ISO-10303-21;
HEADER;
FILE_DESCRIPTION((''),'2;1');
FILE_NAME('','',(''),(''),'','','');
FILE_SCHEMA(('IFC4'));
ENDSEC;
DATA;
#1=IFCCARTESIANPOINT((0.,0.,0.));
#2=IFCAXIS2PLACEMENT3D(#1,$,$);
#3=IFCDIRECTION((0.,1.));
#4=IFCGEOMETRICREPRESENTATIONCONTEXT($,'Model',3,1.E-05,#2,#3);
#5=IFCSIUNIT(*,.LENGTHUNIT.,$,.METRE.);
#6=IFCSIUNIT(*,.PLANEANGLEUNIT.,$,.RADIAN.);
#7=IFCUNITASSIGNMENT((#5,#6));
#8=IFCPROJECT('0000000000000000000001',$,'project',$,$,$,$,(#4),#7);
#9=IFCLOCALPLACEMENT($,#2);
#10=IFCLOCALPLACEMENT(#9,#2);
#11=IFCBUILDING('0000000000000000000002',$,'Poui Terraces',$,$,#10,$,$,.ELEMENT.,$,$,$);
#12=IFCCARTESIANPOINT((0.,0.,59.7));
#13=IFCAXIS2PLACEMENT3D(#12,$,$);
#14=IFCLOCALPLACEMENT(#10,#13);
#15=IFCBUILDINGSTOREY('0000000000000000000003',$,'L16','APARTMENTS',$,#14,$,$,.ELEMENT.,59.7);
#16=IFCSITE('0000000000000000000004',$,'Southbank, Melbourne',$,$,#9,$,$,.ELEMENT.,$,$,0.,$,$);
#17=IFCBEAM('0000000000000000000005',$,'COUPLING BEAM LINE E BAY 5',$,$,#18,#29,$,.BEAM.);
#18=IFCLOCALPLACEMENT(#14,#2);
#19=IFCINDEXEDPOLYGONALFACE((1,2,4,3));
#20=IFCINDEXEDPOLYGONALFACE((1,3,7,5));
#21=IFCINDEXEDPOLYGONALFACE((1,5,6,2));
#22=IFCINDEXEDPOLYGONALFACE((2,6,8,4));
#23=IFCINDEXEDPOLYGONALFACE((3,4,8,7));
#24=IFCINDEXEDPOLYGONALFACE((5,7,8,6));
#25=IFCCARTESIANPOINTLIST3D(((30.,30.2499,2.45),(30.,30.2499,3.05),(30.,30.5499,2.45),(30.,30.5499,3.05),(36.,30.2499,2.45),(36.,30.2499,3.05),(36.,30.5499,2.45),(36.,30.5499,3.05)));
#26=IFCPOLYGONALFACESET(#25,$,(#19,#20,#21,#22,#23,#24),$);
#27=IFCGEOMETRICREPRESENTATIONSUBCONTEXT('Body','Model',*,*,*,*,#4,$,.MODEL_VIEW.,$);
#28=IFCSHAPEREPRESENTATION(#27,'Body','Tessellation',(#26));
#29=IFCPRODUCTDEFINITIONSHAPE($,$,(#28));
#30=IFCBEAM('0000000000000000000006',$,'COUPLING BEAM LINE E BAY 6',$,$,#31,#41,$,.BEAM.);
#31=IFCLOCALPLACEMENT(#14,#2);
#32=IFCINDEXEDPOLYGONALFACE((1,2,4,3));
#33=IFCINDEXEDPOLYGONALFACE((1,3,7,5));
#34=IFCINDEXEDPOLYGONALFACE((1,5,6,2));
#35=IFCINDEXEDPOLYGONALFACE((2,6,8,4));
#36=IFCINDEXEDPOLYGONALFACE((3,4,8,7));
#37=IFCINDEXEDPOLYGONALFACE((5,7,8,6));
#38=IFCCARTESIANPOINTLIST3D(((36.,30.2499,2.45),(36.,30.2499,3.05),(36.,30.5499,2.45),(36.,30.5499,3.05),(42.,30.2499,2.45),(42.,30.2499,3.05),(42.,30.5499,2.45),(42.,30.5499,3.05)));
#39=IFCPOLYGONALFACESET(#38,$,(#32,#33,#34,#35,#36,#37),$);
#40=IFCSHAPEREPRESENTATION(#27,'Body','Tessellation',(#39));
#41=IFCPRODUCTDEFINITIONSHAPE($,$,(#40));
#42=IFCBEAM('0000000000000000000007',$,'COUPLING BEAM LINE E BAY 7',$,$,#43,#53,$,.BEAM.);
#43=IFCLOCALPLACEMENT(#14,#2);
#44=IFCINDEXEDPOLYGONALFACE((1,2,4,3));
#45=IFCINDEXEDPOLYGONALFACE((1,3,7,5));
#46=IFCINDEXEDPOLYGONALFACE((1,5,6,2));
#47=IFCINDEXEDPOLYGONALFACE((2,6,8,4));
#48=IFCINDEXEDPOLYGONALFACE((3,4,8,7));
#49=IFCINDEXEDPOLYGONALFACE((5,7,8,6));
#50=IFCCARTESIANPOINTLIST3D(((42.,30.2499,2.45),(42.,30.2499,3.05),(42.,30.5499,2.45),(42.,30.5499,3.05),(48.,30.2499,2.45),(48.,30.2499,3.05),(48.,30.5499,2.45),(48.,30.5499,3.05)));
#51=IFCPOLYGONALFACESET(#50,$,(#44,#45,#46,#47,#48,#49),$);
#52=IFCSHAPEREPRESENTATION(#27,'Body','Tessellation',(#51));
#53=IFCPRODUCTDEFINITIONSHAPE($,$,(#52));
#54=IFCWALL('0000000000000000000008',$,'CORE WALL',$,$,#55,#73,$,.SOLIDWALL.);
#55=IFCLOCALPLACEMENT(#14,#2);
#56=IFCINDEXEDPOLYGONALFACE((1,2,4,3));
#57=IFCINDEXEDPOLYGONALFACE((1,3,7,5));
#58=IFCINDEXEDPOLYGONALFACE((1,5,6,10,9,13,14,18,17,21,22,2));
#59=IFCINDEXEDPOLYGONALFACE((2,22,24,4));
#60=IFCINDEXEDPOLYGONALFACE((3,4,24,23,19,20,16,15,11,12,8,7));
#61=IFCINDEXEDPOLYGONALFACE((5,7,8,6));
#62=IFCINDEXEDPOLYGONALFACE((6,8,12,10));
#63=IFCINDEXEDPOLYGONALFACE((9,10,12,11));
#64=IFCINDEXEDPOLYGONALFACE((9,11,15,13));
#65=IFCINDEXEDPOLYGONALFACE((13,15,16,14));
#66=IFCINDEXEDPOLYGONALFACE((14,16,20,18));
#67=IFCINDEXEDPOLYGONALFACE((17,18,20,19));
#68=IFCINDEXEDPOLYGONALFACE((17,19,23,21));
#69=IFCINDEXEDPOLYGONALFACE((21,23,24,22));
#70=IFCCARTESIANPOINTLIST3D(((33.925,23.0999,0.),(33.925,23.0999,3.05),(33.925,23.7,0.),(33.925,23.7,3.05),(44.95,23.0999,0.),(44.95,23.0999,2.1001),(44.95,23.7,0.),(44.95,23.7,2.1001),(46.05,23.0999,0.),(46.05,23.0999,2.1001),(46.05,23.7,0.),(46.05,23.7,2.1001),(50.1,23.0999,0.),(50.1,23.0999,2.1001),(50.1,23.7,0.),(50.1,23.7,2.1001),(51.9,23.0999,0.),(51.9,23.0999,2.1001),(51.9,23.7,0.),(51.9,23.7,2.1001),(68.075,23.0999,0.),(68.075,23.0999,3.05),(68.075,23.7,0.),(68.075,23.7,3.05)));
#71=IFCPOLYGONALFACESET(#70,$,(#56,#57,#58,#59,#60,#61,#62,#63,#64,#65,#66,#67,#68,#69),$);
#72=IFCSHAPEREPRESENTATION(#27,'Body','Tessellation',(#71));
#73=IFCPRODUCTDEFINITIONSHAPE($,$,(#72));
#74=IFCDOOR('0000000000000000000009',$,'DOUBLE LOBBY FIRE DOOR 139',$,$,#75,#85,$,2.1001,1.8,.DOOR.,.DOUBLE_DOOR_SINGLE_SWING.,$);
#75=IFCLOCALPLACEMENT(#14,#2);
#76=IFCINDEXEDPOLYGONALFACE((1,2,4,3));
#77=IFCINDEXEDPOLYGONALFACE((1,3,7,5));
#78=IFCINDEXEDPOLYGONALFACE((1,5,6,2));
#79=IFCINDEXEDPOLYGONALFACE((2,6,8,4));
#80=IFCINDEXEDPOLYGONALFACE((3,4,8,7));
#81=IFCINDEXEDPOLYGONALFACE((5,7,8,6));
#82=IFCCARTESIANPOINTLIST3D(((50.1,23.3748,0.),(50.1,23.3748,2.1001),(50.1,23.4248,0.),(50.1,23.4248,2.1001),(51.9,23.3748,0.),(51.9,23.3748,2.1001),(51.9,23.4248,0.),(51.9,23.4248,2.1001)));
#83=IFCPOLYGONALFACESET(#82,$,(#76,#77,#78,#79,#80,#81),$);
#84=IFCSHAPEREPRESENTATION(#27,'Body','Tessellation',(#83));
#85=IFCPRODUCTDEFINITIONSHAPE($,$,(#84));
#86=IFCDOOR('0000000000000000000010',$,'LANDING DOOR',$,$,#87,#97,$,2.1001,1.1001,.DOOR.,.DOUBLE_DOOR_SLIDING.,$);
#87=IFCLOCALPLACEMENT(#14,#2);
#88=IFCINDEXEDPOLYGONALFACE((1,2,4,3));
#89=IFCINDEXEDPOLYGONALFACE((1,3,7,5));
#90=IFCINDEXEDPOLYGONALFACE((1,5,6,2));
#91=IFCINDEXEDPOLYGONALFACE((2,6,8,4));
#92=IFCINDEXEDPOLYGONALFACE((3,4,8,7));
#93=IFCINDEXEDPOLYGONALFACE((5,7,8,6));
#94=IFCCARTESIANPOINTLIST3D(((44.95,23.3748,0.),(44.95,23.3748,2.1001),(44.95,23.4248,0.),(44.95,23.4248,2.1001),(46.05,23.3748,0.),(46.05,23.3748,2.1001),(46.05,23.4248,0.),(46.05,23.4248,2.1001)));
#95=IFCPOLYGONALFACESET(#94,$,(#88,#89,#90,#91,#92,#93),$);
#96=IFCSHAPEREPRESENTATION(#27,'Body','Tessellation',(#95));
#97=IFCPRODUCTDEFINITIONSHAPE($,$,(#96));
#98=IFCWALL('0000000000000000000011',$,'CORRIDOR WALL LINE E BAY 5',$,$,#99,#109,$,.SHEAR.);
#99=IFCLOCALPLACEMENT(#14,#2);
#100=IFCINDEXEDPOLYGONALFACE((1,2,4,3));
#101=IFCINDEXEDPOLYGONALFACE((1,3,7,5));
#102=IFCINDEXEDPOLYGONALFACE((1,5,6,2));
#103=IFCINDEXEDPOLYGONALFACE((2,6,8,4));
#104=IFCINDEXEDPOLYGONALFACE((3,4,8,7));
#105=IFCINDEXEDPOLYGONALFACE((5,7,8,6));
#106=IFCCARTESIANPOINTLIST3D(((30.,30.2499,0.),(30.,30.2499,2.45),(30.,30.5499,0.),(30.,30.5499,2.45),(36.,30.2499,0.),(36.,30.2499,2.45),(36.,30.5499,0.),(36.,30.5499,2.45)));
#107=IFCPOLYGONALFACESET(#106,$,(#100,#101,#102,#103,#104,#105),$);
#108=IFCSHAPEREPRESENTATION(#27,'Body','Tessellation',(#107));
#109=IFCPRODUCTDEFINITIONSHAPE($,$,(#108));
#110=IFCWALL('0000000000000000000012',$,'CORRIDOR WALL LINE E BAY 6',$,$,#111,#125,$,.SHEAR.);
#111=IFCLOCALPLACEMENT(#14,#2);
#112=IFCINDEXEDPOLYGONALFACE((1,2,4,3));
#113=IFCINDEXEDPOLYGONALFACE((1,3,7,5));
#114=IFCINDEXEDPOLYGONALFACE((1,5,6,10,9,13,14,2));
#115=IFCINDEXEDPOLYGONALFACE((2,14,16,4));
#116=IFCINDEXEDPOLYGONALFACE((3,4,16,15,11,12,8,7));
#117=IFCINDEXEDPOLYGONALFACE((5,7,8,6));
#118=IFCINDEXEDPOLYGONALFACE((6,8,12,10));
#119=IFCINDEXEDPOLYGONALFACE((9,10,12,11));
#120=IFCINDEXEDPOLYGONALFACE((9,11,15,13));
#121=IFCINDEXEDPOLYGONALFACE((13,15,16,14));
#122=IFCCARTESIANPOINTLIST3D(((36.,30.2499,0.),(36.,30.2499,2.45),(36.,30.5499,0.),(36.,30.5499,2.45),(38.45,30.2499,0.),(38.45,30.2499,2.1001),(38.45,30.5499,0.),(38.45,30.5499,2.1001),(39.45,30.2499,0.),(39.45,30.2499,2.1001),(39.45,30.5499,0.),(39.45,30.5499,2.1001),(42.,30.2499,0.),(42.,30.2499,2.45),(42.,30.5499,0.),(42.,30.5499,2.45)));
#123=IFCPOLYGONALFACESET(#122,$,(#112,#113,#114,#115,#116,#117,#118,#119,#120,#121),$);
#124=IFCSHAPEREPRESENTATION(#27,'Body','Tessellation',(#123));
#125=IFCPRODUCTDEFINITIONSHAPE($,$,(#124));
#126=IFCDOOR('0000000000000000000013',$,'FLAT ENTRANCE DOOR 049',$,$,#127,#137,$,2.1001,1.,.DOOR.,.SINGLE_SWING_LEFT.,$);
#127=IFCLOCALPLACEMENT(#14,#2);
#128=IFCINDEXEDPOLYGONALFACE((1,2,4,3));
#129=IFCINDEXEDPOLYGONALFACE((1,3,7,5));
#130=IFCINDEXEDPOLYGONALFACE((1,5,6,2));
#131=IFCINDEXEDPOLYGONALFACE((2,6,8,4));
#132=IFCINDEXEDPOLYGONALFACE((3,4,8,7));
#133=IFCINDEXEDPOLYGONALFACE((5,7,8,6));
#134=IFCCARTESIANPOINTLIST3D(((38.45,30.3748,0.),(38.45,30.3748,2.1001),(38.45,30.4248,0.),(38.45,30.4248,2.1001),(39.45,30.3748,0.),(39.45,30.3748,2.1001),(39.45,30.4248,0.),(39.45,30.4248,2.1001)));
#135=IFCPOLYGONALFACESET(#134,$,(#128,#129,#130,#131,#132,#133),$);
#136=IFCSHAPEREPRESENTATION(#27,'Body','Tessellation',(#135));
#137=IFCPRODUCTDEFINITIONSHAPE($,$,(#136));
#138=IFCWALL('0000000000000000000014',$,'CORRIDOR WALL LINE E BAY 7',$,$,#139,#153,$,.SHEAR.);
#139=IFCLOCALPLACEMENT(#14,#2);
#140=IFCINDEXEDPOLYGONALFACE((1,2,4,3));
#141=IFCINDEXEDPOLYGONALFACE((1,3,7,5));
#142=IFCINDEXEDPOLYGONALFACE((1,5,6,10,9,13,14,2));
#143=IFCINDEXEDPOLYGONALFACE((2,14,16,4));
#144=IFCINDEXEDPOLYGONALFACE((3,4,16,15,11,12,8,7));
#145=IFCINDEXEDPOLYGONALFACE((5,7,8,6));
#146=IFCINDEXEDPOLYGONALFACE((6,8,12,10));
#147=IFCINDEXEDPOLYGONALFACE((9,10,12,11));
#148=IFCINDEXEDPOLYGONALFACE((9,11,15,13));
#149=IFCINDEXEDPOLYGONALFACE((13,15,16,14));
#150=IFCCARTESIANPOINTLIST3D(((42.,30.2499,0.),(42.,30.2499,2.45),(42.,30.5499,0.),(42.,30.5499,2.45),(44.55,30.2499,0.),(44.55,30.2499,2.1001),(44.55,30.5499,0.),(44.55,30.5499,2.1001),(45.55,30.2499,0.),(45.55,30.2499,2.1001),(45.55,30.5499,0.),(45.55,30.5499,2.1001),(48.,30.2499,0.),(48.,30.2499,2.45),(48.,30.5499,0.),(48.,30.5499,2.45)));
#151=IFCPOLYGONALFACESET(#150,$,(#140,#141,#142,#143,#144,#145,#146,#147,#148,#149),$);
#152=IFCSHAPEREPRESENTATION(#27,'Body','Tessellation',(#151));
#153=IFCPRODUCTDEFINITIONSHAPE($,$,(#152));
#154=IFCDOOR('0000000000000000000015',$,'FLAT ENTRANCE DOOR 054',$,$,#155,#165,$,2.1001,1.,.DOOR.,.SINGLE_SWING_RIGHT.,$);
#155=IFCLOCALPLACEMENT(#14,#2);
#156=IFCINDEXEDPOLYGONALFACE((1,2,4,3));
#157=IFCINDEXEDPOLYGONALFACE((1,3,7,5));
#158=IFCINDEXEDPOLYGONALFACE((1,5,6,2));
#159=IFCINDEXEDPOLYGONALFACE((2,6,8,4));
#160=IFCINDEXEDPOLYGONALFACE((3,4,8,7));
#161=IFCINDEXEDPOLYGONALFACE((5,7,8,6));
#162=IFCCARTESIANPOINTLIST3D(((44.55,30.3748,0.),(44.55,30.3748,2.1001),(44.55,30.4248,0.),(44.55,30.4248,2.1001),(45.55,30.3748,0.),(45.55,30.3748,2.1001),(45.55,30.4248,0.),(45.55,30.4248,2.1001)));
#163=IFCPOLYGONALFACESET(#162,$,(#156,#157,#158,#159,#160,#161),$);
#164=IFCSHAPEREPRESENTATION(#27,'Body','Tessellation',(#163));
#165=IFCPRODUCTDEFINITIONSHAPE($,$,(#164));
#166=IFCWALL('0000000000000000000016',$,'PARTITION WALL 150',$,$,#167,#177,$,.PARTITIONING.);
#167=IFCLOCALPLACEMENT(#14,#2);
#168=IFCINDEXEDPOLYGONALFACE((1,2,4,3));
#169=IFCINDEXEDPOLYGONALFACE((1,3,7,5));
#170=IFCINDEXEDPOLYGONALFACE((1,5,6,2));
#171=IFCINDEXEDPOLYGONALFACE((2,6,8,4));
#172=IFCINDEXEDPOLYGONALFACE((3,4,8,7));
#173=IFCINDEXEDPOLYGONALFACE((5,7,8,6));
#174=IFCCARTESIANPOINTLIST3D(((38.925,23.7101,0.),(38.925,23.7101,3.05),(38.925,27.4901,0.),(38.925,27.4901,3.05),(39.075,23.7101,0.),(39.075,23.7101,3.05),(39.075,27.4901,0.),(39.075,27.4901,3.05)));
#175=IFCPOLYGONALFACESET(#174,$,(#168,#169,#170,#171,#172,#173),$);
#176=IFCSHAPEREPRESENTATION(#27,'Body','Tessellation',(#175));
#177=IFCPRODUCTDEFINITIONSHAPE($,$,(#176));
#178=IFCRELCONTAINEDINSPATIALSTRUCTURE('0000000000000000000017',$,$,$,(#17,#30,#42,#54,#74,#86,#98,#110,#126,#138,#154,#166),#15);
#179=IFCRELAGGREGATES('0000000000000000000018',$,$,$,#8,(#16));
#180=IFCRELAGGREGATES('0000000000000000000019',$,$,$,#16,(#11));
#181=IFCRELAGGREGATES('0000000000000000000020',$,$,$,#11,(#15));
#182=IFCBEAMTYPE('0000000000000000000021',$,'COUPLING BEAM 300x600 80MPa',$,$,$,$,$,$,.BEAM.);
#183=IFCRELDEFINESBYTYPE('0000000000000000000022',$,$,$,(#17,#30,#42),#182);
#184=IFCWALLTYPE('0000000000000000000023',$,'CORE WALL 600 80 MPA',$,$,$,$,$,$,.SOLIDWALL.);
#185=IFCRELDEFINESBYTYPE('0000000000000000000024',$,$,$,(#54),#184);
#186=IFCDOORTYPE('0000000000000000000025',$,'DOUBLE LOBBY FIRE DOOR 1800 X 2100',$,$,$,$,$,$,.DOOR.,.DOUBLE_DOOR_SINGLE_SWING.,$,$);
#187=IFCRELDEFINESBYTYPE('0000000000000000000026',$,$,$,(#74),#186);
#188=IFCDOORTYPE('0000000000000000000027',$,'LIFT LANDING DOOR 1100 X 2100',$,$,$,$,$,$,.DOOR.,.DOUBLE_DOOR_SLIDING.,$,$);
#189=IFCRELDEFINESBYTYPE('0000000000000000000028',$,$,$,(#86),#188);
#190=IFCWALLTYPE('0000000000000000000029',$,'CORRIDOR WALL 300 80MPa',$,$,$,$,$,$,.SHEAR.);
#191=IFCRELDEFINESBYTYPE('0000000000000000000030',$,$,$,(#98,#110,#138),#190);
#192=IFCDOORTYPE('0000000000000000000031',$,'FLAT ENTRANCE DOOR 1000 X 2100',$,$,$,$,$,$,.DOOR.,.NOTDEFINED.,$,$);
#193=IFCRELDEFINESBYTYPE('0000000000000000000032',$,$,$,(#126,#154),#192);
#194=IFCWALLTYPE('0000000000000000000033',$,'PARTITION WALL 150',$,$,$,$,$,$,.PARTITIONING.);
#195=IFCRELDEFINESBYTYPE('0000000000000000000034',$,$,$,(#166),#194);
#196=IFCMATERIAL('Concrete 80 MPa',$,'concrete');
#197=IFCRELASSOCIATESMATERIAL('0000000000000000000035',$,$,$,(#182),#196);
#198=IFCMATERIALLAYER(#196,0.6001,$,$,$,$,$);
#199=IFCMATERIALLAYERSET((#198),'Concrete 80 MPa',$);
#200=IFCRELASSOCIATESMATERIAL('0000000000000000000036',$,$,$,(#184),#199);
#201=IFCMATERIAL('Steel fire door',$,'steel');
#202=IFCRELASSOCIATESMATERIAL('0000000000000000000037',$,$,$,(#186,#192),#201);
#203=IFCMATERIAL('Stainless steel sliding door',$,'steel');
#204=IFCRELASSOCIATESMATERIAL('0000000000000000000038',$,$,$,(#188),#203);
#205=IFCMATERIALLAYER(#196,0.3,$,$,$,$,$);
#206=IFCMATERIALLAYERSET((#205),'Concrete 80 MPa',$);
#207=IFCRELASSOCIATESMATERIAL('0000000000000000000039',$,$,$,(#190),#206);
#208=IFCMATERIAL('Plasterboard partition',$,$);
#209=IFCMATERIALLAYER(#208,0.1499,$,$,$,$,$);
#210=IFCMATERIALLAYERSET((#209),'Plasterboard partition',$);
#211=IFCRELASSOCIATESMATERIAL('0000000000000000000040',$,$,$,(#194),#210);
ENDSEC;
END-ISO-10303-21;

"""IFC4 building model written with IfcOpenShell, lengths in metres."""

from ifc_helpers import new_model, si_unit, direction, frame, frame_2d, origin, origin_2d, place, context, subcontext, project, spatial, rectangle, extrude, source, transform, mapped, material, layer, layer_set, material_profile, profile_set, type_object, element, fill, save


model = new_model("IFC4")

# Units and contexts
model_context = context("Model", 3, precision=1e-05, world=origin(), true_north=direction((0.0, 1.0)))
body_context = subcontext(model_context, "Body", "Model", "MODEL_VIEW")
ifc_project = project(units=[si_unit("LENGTHUNIT", "METRE"), si_unit("PLANEANGLEUNIT", "RADIAN")], contexts=[model_context])

# Site, building, storey
site_placement = place(None, origin())
site = spatial("IfcSite", under=ifc_project, at=site_placement, Name="Southbank, Melbourne", CompositionType="ELEMENT", RefElevation=0.0)
building_placement = place(site_placement, origin())
building = spatial("IfcBuilding", under=site, at=building_placement, Name="Poui Terraces", CompositionType="ELEMENT")
storey_placement = place(building_placement, frame((0.0, 0.0, 59.7)))
storey = spatial("IfcBuildingStorey", under=building, at=storey_placement, Name="L16", Description="APARTMENTS", CompositionType="ELEMENT", Elevation=59.7)

# Beams
ifc_material_1 = material(Name="Concrete 80 MPa", Category="concrete")
ifc_material_profile = material_profile(ifc_material_1, rectangle(XDim=0.3, YDim=0.6001, at=origin_2d()), Name="RC 300x600")
ifc_profile_set = profile_set([ifc_material_profile], Name="Concrete 80 MPa")
beam_type = type_object("IfcBeamType", Name="COUPLING BEAM 300x600 80MPa", PredefinedType="BEAM", material=ifc_profile_set)
shared_shape = source(origin(), body_context, "Body", "SweptSolid", [
    extrude(rectangle(XDim=0.3, YDim=0.6001, at=origin_2d()), origin(), (0.0, 0.0, 1.0), 6.0),
])
for number, where, z_axis, x_axis, name in (
    (1, (30.0, 30.3999, 2.75), (1.0, 0.0, 0.0), (0.0, 1.0, 0.0), "COUPLING BEAM LINE E BAY 5"),
    (2, (36.0, 30.3999, 2.75), (1.0, 0.0, 0.0), (0.0, 1.0, 0.0), "COUPLING BEAM LINE E BAY 6"),
    (3, (42.0, 30.3999, 2.75), (1.0, 0.0, 0.0), (0.0, 1.0, 0.0), "COUPLING BEAM LINE E BAY 7"),
):
    element("IfcBeam", number, at=place(storey_placement, frame(where, z_axis=z_axis, x_axis=x_axis)), inside=storey, type_object=beam_type, Name=name, PredefinedType="BEAM", context=body_context, shape_type="MappedRepresentation", body=[
        mapped(shared_shape, transform((0.0, 0.0, 0.0))),
    ])

# Wall, openings, doors
ifc_layer_1 = layer(ifc_material_1, 0.6001)
ifc_layer_set_1 = layer_set([ifc_layer_1], Name="Concrete 80 MPa")
wall_type_1 = type_object("IfcWallType", Name="CORE WALL 600 80 MPA", PredefinedType="SOLIDWALL", material=ifc_layer_set_1)
wall_1_placement = place(storey_placement, frame((33.925, 23.3999, 0.0), z_axis=(0.0, 0.0, 1.0), x_axis=(1.0, 0.0, 0.0)))
wall_1 = element("IfcWall", 4, at=wall_1_placement, inside=storey, type_object=wall_type_1, Name="CORE WALL", PredefinedType="SOLIDWALL", context=body_context, shape_type="SweptSolid", body=[
    extrude(rectangle(XDim=34.1499, YDim=0.6001, at=frame_2d((17.075, 0.0))), origin(), (0.0, 0.0, 1.0), 3.05),
])
opening_1_placement = place(wall_1_placement, frame((16.175, 0.0, 0.0)))
opening_1 = element("IfcOpeningElement", 5, at=opening_1_placement, cuts=wall_1, PredefinedType="OPENING", context=body_context, shape_type="SweptSolid", body=[
    extrude(rectangle(XDim=1.8, YDim=2.1001, at=frame_2d((0.8999, 1.05))), frame((0.0, 0.3101, 0.0), z_axis=(0.0, -1.0, 0.0), x_axis=(1.0, 0.0, 0.0)), (0.0, 0.0, 1.0), 0.6201),
])
opening_2_placement = place(wall_1_placement, frame((11.0249, 0.0, 0.0)))
opening_2 = element("IfcOpeningElement", 6, at=opening_2_placement, cuts=wall_1, PredefinedType="OPENING", context=body_context, shape_type="SweptSolid", body=[
    extrude(rectangle(XDim=1.1001, YDim=2.1001, at=frame_2d((0.55, 1.05))), frame((0.0, 0.3101, 0.0), z_axis=(0.0, -1.0, 0.0), x_axis=(1.0, 0.0, 0.0)), (0.0, 0.0, 1.0), 0.6201),
])
ifc_material_2 = material(Name="Steel fire door", Category="steel")
door_type_1 = type_object("IfcDoorType", Name="DOUBLE LOBBY FIRE DOOR 1800 X 2100", OperationType="DOUBLE_DOOR_SINGLE_SWING", PredefinedType="DOOR", material=ifc_material_2)
door_1_placement = place(opening_1_placement, origin())
door_1 = element("IfcDoor", 7, at=door_1_placement, inside=storey, type_object=door_type_1, Name="DOUBLE LOBBY FIRE DOOR 139", OperationType="DOUBLE_DOOR_SINGLE_SWING", OverallHeight=2.1001, OverallWidth=1.8, PredefinedType="DOOR", context=body_context, shape_type="SweptSolid", body=[
    extrude(rectangle(XDim=1.8, YDim=2.1001, at=frame_2d((0.8999, 1.05))), frame((0.0, 0.0249, 0.0), z_axis=(0.0, -1.0, 0.0), x_axis=(1.0, 0.0, 0.0)), (0.0, 0.0, 1.0), 0.05),
])
fill(opening_1, door_1)
ifc_material_3 = material(Name="Stainless steel sliding door", Category="steel")
door_type_2 = type_object("IfcDoorType", Name="LIFT LANDING DOOR 1100 X 2100", OperationType="DOUBLE_DOOR_SLIDING", PredefinedType="DOOR", material=ifc_material_3)
door_2_placement = place(opening_2_placement, origin())
door_2 = element("IfcDoor", 8, at=door_2_placement, inside=storey, type_object=door_type_2, Name="LANDING DOOR", OperationType="DOUBLE_DOOR_SLIDING", OverallHeight=2.1001, OverallWidth=1.1001, PredefinedType="DOOR", context=body_context, shape_type="SweptSolid", body=[
    extrude(rectangle(XDim=1.1001, YDim=2.1001, at=frame_2d((0.55, 1.05))), frame((0.0, 0.0249, 0.0), z_axis=(0.0, -1.0, 0.0), x_axis=(1.0, 0.0, 0.0)), (0.0, 0.0, 1.0), 0.05),
])
fill(opening_2, door_2)

# Wall
ifc_layer_2 = layer(ifc_material_1, 0.3)
ifc_layer_set_2 = layer_set([ifc_layer_2], Name="Concrete 80 MPa")
wall_type_2 = type_object("IfcWallType", Name="CORRIDOR WALL 300 80MPa", PredefinedType="SHEAR", material=ifc_layer_set_2)
wall_2_placement = place(storey_placement, frame((30.0, 30.3999, 0.0), z_axis=(0.0, 0.0, 1.0), x_axis=(1.0, 0.0, 0.0)))
element("IfcWall", 9, at=wall_2_placement, inside=storey, type_object=wall_type_2, Name="CORRIDOR WALL LINE E BAY 5", PredefinedType="SHEAR", context=body_context, shape_type="SweptSolid", body=[
    extrude(rectangle(XDim=6.0, YDim=0.3, at=frame_2d((3.0, 0.0))), origin(), (0.0, 0.0, 1.0), 2.45),
])

# Walls, openings, doors
wall_3_placement = place(storey_placement, frame((36.0, 30.3999, 0.0), z_axis=(0.0, 0.0, 1.0), x_axis=(1.0, 0.0, 0.0)))
wall_3 = element("IfcWall", 10, at=wall_3_placement, inside=storey, type_object=wall_type_2, Name="CORRIDOR WALL LINE E BAY 6", PredefinedType="SHEAR", context=body_context, shape_type="SweptSolid", body=[
    extrude(rectangle(XDim=6.0, YDim=0.3, at=frame_2d((3.0, 0.0))), origin(), (0.0, 0.0, 1.0), 2.45),
])
opening_3_placement = place(wall_3_placement, frame((2.45, 0.0, 0.0)))
opening_3 = element("IfcOpeningElement", 11, at=opening_3_placement, cuts=wall_3, PredefinedType="OPENING", context=body_context, shape_type="SweptSolid", body=[
    extrude(rectangle(XDim=1.0, YDim=2.1001, at=frame_2d((0.5, 1.05))), frame((0.0, 0.1602, 0.0), z_axis=(0.0, -1.0, 0.0), x_axis=(1.0, 0.0, 0.0)), (0.0, 0.0, 1.0), 0.3201),
])
door_type_3 = type_object("IfcDoorType", Name="FLAT ENTRANCE DOOR 1000 X 2100", OperationType="NOTDEFINED", PredefinedType="DOOR", material=ifc_material_2)
door_3_placement = place(opening_3_placement, origin())
door_3 = element("IfcDoor", 12, at=door_3_placement, inside=storey, type_object=door_type_3, Name="FLAT ENTRANCE DOOR 049", OperationType="SINGLE_SWING_LEFT", OverallHeight=2.1001, OverallWidth=1.0, PredefinedType="DOOR", context=body_context, shape_type="SweptSolid", body=[
    extrude(rectangle(XDim=1.0, YDim=2.1001, at=frame_2d((0.5, 1.05))), frame((0.0, 0.0249, 0.0), z_axis=(0.0, -1.0, 0.0), x_axis=(1.0, 0.0, 0.0)), (0.0, 0.0, 1.0), 0.05),
])
fill(opening_3, door_3)
wall_4_placement = place(storey_placement, frame((42.0, 30.3999, 0.0), z_axis=(0.0, 0.0, 1.0), x_axis=(1.0, 0.0, 0.0)))
wall_4 = element("IfcWall", 13, at=wall_4_placement, inside=storey, type_object=wall_type_2, Name="CORRIDOR WALL LINE E BAY 7", PredefinedType="SHEAR", context=body_context, shape_type="SweptSolid", body=[
    extrude(rectangle(XDim=6.0, YDim=0.3, at=frame_2d((3.0, 0.0))), origin(), (0.0, 0.0, 1.0), 2.45),
])
opening_4_placement = place(wall_4_placement, frame((2.55, 0.0, 0.0)))
opening_4 = element("IfcOpeningElement", 14, at=opening_4_placement, cuts=wall_4, PredefinedType="OPENING", context=body_context, shape_type="SweptSolid", body=[
    extrude(rectangle(XDim=1.0, YDim=2.1001, at=frame_2d((0.5, 1.05))), frame((0.0, 0.1602, 0.0), z_axis=(0.0, -1.0, 0.0), x_axis=(1.0, 0.0, 0.0)), (0.0, 0.0, 1.0), 0.3201),
])
door_4_placement = place(opening_4_placement, origin())
door_4 = element("IfcDoor", 15, at=door_4_placement, inside=storey, type_object=door_type_3, Name="FLAT ENTRANCE DOOR 054", OperationType="SINGLE_SWING_RIGHT", OverallHeight=2.1001, OverallWidth=1.0, PredefinedType="DOOR", context=body_context, shape_type="SweptSolid", body=[
    extrude(rectangle(XDim=1.0, YDim=2.1001, at=frame_2d((0.5, 1.05))), frame((0.0, 0.0249, 0.0), z_axis=(0.0, -1.0, 0.0), x_axis=(1.0, 0.0, 0.0)), (0.0, 0.0, 1.0), 0.05),
])
fill(opening_4, door_4)

# Wall
ifc_material_4 = material(Name="Plasterboard partition")
ifc_layer_3 = layer(ifc_material_4, 0.1499)
ifc_layer_set_3 = layer_set([ifc_layer_3], Name="Plasterboard partition")
wall_type_3 = type_object("IfcWallType", Name="PARTITION WALL 150", PredefinedType="PARTITIONING", material=ifc_layer_set_3)
wall_5_placement = place(storey_placement, frame((39.0, 23.71, 0.0), z_axis=(0.0, 0.0, 1.0), x_axis=(0.0, 1.0, 0.0)))
element("IfcWall", 16, at=wall_5_placement, inside=storey, type_object=wall_type_3, Name="PARTITION WALL 150", PredefinedType="PARTITIONING", context=body_context, shape_type="SweptSolid", body=[
    extrude(rectangle(XDim=3.78, YDim=0.1499, at=frame_2d((1.8901, 0.0))), origin(), (0.0, 0.0, 1.0), 3.05),
])

save(model, "model.ifc")
